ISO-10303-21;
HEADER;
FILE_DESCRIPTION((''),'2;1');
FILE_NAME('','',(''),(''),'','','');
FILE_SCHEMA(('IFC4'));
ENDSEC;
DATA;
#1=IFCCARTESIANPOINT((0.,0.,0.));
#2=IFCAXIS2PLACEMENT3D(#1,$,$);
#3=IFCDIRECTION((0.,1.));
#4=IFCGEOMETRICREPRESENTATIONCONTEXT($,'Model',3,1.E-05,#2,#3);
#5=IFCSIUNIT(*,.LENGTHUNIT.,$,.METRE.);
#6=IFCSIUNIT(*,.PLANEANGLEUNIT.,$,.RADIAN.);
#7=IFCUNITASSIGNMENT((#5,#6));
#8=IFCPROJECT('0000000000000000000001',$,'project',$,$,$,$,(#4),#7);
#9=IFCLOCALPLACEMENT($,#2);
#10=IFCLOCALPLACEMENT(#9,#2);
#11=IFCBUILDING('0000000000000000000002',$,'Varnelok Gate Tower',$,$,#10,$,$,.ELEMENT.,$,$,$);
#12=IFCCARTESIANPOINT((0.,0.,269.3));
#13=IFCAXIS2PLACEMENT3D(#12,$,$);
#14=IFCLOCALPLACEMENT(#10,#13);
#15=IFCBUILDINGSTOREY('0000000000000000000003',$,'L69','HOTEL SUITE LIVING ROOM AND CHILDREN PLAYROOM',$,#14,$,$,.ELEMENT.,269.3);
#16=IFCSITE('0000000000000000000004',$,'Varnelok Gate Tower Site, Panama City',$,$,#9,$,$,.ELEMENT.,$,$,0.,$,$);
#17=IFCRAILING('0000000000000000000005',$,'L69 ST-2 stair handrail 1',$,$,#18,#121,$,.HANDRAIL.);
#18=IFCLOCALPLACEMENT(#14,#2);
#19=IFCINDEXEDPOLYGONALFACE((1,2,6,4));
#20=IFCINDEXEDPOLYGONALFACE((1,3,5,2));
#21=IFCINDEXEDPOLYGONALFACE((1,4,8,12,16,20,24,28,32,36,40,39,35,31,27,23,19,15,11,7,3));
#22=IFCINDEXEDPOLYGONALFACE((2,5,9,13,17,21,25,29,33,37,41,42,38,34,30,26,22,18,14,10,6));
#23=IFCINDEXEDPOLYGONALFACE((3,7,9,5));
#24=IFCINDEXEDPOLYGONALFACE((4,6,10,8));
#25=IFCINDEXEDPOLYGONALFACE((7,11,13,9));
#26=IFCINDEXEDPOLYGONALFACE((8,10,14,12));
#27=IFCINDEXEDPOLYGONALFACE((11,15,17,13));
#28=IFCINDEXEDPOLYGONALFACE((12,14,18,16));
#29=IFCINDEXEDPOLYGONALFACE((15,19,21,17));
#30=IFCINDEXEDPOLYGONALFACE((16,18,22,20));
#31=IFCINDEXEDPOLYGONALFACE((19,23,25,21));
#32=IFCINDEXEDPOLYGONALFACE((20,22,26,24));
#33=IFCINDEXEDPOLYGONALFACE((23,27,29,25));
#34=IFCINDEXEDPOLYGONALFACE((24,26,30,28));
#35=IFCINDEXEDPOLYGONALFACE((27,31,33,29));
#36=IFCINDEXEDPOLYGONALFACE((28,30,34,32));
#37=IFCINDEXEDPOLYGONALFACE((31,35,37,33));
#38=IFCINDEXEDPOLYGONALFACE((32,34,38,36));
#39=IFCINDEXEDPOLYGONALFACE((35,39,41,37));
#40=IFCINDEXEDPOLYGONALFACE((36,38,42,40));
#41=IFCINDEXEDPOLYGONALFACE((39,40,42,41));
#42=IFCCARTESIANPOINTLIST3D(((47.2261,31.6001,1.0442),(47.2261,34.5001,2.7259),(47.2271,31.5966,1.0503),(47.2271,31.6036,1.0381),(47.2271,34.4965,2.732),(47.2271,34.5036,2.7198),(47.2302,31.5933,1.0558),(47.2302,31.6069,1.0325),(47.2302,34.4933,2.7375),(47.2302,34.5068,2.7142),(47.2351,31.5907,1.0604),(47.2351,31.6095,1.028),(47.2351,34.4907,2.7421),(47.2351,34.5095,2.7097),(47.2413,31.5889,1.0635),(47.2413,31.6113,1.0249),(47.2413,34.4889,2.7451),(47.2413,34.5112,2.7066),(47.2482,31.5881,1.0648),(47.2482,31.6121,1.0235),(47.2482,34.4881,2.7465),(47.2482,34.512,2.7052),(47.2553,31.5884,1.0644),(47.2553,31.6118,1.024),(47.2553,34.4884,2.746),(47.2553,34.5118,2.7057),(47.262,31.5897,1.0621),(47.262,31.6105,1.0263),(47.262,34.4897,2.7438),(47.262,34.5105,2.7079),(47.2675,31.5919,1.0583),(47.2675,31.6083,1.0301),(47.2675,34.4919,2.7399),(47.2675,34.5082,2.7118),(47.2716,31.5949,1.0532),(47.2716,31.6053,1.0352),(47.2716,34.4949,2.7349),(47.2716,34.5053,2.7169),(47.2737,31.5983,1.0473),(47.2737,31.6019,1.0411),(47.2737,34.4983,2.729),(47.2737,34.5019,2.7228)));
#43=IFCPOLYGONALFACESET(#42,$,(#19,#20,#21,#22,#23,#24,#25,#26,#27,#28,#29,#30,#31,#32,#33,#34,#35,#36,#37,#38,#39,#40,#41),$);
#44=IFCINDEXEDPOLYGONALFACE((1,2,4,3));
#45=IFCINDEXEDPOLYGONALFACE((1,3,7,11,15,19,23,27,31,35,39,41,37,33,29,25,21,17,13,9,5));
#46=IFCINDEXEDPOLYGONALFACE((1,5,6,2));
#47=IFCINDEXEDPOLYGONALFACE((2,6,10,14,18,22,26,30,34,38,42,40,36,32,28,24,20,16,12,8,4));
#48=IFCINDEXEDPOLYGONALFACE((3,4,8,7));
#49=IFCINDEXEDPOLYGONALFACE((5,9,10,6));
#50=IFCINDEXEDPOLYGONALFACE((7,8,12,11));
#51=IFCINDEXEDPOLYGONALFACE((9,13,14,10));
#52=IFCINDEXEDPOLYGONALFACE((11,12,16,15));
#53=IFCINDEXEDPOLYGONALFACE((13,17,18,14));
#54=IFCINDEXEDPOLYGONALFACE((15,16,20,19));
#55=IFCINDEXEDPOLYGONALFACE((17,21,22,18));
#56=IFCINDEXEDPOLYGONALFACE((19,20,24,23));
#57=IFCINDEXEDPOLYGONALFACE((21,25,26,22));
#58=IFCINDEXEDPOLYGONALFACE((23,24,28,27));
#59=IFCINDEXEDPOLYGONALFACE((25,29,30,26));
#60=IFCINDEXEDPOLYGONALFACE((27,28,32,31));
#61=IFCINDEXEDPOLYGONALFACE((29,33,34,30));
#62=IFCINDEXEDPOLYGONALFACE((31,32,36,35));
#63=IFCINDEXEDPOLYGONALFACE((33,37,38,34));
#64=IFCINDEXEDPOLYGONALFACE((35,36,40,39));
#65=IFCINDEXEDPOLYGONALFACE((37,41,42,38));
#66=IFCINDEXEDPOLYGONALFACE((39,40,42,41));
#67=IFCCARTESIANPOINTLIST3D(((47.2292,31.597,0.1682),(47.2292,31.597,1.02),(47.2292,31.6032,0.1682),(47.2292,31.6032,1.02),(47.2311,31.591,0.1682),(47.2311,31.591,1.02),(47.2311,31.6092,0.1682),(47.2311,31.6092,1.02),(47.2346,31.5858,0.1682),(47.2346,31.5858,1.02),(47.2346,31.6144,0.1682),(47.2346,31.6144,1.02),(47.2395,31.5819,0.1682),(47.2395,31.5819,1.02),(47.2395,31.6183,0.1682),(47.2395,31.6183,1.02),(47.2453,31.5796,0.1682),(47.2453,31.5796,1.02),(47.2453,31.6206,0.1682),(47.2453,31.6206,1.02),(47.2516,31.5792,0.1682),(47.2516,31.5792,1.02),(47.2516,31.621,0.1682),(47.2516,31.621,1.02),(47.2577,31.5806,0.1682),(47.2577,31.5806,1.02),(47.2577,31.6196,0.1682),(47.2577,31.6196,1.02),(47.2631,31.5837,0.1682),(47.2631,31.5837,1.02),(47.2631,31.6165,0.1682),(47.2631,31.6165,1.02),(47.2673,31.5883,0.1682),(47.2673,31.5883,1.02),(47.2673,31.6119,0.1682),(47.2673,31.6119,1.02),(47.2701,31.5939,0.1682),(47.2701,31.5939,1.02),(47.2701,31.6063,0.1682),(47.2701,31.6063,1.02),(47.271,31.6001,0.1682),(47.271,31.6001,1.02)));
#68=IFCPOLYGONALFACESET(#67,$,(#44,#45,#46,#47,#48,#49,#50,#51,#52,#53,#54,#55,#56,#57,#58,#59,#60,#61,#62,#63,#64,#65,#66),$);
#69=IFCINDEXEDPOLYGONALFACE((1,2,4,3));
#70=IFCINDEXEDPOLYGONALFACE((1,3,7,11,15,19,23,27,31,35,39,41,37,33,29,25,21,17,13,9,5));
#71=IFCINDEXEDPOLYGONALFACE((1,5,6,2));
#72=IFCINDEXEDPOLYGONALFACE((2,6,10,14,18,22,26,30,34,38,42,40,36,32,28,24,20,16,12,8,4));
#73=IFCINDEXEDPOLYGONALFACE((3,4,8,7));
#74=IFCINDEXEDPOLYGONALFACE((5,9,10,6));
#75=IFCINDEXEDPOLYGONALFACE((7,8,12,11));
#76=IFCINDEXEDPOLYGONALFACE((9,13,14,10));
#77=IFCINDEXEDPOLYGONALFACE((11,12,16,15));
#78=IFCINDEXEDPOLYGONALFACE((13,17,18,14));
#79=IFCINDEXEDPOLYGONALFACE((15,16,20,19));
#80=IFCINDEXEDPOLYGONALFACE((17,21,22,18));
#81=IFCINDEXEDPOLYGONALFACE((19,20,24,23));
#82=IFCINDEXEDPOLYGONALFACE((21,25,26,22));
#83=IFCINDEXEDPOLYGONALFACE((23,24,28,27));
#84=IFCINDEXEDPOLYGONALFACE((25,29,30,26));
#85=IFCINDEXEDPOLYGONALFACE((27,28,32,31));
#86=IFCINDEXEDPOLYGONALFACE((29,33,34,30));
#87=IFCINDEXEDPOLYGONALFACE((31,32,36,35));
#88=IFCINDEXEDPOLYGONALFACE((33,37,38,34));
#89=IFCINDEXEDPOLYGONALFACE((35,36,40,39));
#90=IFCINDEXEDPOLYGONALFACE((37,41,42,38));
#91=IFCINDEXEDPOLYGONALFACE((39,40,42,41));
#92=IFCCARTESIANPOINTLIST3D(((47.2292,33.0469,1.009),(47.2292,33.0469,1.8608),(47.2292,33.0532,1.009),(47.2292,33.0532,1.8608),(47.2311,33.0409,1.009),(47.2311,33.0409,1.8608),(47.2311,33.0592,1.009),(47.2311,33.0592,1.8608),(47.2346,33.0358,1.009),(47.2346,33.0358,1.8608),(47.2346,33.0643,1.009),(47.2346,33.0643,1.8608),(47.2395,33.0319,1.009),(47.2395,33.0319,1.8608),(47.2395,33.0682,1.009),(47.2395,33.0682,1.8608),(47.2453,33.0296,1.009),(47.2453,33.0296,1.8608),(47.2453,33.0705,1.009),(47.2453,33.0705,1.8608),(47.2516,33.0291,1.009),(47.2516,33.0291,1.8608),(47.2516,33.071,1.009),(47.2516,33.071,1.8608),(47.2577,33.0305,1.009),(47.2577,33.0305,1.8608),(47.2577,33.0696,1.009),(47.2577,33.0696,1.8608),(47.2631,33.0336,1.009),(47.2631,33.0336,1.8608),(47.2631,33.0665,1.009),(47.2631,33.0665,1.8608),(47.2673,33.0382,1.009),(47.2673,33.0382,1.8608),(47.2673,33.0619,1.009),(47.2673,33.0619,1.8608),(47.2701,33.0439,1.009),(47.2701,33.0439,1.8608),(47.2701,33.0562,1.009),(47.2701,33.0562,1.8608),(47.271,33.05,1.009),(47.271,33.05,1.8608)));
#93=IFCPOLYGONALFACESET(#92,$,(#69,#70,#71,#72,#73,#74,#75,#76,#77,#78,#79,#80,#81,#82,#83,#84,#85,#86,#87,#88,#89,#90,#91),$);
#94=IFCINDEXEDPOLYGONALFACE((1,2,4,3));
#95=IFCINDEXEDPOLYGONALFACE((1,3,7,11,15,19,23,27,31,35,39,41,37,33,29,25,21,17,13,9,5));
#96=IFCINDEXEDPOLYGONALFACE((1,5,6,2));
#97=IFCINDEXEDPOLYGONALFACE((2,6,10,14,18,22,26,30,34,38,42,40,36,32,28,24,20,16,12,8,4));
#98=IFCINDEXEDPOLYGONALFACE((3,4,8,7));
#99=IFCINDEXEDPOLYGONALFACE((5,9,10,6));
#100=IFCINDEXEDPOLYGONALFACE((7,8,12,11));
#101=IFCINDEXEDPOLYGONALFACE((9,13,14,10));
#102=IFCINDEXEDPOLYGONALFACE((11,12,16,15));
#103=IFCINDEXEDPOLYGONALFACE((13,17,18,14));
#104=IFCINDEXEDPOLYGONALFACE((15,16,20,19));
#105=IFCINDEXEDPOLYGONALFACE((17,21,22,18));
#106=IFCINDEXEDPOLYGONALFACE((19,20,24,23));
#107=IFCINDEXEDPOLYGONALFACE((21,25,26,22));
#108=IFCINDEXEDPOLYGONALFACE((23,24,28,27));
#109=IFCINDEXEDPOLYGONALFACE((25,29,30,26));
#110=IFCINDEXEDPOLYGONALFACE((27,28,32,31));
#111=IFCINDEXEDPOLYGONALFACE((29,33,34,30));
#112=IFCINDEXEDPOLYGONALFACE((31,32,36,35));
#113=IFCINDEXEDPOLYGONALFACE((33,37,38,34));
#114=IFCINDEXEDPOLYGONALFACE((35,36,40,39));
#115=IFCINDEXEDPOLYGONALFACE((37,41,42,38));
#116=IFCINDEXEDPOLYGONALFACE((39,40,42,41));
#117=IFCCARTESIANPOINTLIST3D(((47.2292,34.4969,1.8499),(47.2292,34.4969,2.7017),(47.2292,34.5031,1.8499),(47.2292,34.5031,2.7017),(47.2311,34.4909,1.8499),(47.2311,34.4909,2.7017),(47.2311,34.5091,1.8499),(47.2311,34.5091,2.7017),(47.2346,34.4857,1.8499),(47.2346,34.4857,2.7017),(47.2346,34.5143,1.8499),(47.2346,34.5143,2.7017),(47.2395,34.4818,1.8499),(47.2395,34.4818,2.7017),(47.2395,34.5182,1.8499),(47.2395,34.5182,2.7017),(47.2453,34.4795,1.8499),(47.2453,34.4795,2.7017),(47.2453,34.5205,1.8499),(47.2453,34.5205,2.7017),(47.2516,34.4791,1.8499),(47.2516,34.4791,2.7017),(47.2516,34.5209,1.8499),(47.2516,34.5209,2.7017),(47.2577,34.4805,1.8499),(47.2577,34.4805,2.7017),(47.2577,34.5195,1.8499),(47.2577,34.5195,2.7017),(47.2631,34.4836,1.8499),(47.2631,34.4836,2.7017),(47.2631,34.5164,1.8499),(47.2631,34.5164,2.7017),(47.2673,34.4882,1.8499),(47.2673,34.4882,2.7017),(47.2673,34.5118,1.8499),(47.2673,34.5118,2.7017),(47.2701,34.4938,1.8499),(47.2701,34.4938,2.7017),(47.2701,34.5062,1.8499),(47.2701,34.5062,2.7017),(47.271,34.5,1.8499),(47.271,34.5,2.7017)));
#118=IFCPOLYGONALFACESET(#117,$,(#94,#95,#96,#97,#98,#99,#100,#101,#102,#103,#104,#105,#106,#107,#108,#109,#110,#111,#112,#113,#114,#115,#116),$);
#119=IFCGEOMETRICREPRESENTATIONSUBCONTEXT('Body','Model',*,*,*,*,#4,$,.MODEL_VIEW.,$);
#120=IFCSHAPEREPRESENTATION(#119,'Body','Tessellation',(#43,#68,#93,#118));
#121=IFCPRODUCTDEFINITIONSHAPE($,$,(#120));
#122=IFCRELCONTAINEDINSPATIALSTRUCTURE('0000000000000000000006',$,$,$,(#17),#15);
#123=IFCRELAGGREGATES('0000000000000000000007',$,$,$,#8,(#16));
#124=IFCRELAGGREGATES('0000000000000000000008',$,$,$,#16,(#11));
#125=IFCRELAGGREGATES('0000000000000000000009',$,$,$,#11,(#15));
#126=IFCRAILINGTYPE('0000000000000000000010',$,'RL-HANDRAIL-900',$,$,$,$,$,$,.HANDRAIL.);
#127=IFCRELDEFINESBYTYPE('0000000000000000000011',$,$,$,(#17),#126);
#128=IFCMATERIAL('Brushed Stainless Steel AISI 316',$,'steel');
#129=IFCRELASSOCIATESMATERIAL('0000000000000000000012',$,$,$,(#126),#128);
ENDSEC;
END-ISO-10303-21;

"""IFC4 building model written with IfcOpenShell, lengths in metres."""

from ifc_helpers import new_model, si_unit, direction, frame, origin, origin_2d, place, context, subcontext, project, spatial, circle, extrude, material, type_object, element, save


model = new_model("IFC4")

# Units and contexts
model_context = context("Model", 3, precision=1e-05, world=origin(), true_north=direction((0.0, 1.0)))
body_context = subcontext(model_context, "Body", "Model", "MODEL_VIEW")
ifc_project = project(units=[si_unit("LENGTHUNIT", "METRE"), si_unit("PLANEANGLEUNIT", "RADIAN")], contexts=[model_context])

# Site, building, storey
site_placement = place(None, origin())
site = spatial("IfcSite", under=ifc_project, at=site_placement, Name="Varnelok Gate Tower Site, Panama City", CompositionType="ELEMENT", RefElevation=0.0)
building_placement = place(site_placement, origin())
building = spatial("IfcBuilding", under=site, at=building_placement, Name="Varnelok Gate Tower", CompositionType="ELEMENT")
storey_placement = place(building_placement, frame((0.0, 0.0, 269.3)))
storey = spatial("IfcBuildingStorey", under=building, at=storey_placement, Name="L69", Description="HOTEL SUITE LIVING ROOM AND CHILDREN PLAYROOM", CompositionType="ELEMENT", Elevation=269.3)

# Railing
ifc_material_1 = material(Name="Brushed Stainless Steel AISI 316", Category="steel")
railing_type_1 = type_object("IfcRailingType", Name="RL-HANDRAIL-900", PredefinedType="HANDRAIL", material=ifc_material_1)
railing_1_placement = place(storey_placement, frame((47.25, 31.6001, 0.1682)))
element("IfcRailing", 1, at=railing_1_placement, inside=storey, type_object=railing_type_1, Name="L69 ST-2 stair handrail 1", PredefinedType="HANDRAIL", context=body_context, shape_type="SweptSolid", body=[
    extrude(circle(Radius=0.0239, at=origin_2d()), frame((0.0, 0.0, 0.876), z_axis=(0.0, 0.86507, 0.501651), x_axis=(-1.0, 0.0, 0.0)), (0.0, 0.0, 1.0), 3.3523),
    extrude(circle(Radius=0.021, at=origin_2d()), origin(), (0.0, 0.0, 1.0), 0.8518),
    extrude(circle(Radius=0.021, at=origin_2d()), frame((0.0, 1.45, 0.8408)), (0.0, 0.0, 1.0), 0.8518),
    extrude(circle(Radius=0.021, at=origin_2d()), frame((0.0, 2.8999, 1.6816)), (0.0, 0.0, 1.0), 0.8518),
])

save(model, "model.ifc")
